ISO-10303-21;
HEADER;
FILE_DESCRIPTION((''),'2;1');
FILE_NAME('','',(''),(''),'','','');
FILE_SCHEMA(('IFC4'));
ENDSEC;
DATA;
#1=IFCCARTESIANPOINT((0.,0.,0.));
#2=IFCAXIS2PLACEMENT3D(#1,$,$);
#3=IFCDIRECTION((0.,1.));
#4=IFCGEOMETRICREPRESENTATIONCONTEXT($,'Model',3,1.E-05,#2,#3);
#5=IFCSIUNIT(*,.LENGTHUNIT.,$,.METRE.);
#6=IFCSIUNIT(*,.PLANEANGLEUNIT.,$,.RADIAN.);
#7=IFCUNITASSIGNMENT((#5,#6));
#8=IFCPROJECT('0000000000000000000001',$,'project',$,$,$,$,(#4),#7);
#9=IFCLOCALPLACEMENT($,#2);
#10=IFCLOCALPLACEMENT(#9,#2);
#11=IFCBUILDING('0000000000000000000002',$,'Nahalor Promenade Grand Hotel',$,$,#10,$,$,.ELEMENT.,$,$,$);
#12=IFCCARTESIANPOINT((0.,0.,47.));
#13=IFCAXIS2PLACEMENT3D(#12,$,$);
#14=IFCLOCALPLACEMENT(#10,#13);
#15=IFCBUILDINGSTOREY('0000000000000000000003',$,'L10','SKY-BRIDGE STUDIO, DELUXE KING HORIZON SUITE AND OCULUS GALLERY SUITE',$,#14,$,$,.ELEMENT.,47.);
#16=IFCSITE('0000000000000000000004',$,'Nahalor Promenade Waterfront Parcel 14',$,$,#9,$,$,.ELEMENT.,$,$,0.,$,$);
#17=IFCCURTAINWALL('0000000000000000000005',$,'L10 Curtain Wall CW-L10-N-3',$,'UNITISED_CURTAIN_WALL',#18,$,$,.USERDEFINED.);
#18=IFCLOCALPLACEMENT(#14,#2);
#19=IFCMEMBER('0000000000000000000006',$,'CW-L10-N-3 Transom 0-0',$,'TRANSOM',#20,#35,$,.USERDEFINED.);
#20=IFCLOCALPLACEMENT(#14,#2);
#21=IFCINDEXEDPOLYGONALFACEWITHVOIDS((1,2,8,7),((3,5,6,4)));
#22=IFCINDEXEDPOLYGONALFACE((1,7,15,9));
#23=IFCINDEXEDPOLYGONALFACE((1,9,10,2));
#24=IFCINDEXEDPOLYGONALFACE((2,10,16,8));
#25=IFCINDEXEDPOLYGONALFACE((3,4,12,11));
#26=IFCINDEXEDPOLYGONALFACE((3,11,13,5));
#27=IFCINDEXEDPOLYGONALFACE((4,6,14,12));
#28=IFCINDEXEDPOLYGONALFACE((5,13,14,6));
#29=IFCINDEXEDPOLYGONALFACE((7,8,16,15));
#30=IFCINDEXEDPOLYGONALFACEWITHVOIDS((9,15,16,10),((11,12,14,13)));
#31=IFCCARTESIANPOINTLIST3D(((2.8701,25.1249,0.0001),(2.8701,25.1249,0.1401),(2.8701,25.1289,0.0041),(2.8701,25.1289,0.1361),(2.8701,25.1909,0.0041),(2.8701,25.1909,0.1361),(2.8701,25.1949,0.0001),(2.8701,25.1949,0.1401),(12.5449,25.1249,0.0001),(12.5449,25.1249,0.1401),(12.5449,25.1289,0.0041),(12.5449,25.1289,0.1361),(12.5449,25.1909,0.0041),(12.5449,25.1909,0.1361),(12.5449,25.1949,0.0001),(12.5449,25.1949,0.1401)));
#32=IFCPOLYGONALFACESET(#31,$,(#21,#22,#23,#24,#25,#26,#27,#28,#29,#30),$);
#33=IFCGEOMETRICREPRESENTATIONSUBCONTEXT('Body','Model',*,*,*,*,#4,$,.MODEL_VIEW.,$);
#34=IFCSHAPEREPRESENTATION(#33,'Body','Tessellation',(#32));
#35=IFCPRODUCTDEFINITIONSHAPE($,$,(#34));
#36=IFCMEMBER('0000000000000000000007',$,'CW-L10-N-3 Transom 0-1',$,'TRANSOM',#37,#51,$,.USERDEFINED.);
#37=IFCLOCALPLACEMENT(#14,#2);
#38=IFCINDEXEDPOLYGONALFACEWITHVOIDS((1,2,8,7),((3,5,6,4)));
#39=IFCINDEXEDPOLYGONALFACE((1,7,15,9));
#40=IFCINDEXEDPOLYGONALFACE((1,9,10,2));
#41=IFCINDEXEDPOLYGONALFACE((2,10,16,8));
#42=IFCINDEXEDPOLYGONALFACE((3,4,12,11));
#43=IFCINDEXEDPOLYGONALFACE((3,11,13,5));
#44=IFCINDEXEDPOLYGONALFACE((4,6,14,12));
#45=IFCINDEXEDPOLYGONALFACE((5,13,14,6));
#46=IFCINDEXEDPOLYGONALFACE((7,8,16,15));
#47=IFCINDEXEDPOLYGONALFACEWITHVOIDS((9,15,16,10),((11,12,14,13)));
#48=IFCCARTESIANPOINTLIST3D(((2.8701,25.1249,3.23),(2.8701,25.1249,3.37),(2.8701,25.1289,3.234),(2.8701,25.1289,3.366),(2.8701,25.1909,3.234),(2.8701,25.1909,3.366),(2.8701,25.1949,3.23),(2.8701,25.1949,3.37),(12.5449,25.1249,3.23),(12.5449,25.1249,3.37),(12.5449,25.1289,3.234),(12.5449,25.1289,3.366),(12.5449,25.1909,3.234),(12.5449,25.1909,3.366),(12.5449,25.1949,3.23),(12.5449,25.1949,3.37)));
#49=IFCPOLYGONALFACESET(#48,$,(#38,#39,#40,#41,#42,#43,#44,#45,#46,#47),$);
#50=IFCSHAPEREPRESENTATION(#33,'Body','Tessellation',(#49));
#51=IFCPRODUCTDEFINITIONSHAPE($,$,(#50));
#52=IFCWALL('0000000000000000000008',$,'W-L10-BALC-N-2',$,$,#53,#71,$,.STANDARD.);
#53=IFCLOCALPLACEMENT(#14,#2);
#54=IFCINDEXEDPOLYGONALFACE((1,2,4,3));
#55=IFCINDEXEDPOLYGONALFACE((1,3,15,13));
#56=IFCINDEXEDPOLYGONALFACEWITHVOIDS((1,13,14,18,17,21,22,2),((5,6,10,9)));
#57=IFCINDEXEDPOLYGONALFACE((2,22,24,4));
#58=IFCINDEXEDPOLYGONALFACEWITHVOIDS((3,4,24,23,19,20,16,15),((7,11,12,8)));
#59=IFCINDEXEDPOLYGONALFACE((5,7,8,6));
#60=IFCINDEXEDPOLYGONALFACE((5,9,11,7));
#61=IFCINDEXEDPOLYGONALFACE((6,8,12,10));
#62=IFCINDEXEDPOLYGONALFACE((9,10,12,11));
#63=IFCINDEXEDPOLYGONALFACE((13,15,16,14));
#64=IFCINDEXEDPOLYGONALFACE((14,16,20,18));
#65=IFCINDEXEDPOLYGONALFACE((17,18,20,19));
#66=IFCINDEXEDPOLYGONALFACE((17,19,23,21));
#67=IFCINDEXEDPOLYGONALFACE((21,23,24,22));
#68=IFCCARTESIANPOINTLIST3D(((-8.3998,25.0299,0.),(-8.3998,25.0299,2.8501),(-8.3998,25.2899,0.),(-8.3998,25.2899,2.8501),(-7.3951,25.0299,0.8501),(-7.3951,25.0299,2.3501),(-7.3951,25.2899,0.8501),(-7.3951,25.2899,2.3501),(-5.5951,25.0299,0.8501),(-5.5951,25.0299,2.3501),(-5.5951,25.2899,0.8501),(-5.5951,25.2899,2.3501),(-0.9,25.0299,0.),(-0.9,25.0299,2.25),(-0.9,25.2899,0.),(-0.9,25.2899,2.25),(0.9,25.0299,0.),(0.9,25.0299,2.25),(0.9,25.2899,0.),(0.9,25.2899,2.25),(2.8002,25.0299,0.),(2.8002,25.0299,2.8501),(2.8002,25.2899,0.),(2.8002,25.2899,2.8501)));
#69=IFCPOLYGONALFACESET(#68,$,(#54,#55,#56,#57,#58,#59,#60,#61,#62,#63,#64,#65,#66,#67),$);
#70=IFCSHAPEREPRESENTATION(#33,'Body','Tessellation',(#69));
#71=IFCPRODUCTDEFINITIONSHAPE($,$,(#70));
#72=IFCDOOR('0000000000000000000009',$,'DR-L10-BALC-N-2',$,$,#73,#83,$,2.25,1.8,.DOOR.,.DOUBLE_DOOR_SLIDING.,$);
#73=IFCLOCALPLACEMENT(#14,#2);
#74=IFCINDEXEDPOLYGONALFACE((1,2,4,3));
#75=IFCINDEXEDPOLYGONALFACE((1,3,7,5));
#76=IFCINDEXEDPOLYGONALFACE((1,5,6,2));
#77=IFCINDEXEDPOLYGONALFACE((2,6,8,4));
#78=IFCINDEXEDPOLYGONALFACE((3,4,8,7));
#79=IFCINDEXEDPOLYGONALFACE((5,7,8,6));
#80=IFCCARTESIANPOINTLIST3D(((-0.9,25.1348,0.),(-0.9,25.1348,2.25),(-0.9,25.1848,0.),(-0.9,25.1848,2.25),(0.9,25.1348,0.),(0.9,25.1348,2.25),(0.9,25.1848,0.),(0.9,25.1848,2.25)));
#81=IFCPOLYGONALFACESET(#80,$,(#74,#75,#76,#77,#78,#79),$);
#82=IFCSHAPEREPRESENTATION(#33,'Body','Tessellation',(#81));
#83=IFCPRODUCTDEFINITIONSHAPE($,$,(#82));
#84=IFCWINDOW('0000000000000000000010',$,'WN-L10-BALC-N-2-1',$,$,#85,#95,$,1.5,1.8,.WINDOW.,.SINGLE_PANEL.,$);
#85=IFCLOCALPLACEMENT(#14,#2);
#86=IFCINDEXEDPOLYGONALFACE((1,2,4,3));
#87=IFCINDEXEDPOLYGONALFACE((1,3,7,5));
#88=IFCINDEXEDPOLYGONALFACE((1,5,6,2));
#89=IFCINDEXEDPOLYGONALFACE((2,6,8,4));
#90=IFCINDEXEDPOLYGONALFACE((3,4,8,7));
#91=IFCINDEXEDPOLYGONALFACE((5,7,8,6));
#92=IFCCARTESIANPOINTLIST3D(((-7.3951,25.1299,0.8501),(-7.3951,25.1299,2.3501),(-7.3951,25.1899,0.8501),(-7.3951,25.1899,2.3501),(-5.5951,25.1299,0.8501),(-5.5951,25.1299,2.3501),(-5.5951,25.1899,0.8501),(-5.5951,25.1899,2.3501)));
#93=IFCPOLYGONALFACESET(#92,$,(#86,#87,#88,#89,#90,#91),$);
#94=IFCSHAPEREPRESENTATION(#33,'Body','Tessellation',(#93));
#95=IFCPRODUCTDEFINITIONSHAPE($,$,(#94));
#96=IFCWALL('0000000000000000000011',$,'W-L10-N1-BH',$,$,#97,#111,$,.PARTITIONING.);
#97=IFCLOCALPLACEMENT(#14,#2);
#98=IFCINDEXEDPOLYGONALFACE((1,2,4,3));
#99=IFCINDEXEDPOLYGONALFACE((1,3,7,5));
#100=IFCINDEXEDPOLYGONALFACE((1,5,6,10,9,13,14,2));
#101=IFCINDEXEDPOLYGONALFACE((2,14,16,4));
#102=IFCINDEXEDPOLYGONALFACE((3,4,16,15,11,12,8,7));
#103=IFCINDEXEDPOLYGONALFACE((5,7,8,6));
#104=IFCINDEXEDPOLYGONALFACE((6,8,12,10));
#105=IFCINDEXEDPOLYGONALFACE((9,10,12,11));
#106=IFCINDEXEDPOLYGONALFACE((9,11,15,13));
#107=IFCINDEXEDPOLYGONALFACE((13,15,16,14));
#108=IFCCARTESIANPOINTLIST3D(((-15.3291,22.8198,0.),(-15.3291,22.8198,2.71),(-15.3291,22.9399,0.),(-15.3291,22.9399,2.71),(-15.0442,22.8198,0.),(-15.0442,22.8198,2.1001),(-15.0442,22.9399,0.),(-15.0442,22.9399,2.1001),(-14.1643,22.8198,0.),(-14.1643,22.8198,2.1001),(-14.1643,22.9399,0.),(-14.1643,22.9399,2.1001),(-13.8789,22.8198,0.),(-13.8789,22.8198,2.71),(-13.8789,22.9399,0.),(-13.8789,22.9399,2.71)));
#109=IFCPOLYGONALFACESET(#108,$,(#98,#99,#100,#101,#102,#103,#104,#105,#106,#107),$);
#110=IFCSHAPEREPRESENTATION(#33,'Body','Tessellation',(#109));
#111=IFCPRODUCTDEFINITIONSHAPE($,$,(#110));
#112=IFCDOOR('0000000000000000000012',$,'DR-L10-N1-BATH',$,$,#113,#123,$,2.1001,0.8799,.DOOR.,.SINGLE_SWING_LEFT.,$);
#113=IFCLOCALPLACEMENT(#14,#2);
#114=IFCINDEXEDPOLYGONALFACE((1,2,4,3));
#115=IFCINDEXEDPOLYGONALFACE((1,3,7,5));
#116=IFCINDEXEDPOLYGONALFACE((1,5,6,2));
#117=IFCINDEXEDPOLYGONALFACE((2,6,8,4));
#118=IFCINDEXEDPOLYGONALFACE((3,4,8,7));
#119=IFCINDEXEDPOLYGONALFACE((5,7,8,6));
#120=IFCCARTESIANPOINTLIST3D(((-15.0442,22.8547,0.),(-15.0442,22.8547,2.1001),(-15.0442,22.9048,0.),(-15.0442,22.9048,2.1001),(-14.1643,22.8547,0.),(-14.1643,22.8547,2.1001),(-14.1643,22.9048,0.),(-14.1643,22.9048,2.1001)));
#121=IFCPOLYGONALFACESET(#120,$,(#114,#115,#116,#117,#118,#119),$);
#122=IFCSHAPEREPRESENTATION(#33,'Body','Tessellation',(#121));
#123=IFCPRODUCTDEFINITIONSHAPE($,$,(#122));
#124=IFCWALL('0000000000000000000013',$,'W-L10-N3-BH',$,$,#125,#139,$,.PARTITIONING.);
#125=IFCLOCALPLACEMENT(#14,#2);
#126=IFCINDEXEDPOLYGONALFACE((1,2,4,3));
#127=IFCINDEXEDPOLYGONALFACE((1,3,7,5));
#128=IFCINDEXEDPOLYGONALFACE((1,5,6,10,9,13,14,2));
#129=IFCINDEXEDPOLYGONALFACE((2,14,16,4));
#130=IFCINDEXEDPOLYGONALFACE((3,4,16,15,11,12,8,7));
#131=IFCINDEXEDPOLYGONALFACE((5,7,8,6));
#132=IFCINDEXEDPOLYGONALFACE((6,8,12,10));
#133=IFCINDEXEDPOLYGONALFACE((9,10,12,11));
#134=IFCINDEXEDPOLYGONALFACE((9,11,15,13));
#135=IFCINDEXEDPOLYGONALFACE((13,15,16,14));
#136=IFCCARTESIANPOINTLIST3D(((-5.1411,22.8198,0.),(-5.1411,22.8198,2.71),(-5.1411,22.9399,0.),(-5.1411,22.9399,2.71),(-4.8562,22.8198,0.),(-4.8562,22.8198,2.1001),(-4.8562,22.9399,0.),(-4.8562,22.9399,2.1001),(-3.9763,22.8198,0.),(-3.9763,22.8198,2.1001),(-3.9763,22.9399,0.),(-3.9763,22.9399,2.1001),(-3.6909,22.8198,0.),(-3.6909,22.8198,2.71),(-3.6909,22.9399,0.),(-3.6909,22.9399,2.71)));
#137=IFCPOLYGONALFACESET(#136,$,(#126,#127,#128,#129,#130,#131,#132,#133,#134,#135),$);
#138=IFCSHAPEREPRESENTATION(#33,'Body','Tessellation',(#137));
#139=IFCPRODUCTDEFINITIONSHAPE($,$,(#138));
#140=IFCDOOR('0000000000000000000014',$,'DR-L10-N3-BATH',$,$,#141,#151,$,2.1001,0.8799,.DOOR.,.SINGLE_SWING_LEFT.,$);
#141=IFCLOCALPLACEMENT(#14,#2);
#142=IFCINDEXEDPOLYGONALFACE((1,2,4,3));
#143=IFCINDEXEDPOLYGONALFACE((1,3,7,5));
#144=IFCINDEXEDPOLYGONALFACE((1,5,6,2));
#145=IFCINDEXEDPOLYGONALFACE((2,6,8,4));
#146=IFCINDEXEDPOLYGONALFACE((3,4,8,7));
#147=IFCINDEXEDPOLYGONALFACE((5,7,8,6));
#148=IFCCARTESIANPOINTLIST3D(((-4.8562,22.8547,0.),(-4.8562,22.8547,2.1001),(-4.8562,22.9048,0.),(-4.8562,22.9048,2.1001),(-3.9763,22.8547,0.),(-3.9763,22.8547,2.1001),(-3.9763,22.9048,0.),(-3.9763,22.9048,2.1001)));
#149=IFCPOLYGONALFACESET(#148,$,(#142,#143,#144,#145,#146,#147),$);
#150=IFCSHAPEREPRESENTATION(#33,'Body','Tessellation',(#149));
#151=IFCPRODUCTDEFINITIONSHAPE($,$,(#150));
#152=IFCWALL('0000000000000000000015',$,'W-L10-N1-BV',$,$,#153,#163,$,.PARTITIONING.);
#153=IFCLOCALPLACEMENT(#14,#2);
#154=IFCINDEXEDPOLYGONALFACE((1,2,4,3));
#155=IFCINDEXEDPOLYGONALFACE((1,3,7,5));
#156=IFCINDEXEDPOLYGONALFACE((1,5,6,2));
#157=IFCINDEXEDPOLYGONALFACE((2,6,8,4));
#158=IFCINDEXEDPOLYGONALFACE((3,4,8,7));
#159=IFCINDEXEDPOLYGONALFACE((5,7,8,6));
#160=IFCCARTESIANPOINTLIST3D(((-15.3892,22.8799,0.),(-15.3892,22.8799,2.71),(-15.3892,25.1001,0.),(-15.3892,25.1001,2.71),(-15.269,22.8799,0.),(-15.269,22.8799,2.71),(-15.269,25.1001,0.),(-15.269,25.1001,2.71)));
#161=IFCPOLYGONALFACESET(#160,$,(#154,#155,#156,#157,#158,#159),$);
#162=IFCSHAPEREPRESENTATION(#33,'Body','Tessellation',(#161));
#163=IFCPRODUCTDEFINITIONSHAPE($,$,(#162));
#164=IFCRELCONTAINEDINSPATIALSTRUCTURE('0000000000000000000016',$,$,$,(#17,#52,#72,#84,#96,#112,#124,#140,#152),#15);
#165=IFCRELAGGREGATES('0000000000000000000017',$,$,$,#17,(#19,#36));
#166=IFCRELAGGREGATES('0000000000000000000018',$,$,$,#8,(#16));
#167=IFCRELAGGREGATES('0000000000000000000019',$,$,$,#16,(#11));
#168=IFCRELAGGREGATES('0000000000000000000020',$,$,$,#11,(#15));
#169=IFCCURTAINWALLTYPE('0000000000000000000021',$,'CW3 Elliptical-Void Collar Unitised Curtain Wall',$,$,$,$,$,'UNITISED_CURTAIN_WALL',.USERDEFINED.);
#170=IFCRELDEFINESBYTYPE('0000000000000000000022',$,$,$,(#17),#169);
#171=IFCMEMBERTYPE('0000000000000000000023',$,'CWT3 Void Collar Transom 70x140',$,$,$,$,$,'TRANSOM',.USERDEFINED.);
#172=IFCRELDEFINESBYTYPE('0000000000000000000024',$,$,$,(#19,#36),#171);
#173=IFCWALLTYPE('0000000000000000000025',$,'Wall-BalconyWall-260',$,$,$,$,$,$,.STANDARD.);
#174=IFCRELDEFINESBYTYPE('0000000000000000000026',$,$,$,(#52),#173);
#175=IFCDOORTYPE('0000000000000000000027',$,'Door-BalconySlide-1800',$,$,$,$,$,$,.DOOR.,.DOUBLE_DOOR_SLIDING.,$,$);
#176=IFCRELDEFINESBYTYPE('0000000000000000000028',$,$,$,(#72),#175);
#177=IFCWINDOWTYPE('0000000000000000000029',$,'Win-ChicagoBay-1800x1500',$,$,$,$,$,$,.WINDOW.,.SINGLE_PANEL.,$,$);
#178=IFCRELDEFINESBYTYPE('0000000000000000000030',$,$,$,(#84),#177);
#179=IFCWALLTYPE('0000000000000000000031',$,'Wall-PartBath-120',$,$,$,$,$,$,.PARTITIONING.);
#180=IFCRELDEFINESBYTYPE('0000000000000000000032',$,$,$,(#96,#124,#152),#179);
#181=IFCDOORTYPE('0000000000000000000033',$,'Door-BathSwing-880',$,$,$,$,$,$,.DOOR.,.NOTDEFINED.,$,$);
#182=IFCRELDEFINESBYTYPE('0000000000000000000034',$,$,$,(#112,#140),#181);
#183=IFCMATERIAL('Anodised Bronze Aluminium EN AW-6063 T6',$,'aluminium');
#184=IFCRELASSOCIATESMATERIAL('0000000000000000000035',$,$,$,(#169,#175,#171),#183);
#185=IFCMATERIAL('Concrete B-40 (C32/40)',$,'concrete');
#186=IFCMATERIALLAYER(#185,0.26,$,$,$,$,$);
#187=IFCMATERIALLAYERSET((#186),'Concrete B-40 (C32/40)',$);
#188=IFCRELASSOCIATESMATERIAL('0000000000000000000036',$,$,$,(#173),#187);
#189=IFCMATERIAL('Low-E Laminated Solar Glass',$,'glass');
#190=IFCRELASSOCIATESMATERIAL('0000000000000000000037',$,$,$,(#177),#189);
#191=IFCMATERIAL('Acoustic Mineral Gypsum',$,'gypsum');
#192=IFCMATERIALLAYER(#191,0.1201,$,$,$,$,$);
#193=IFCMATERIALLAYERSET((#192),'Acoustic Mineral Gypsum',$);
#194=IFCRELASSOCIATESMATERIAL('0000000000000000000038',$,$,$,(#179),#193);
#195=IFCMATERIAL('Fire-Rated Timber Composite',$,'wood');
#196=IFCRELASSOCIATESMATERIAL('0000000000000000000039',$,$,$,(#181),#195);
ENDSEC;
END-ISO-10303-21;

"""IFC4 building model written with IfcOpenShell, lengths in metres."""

from ifc_helpers import new_model, si_unit, direction, frame, frame_2d, origin, origin_2d, place, context, subcontext, project, spatial, rectangle, hollow_rectangle, extrude, source, transform, mapped, material, layer, layer_set, material_profile, profile_set, type_object, element, fill, aggregate, save


model = new_model("IFC4")

# Units and contexts
model_context = context("Model", 3, precision=1e-05, world=origin(), true_north=direction((0.0, 1.0)))
body_context = subcontext(model_context, "Body", "Model", "MODEL_VIEW")
ifc_project = project(units=[si_unit("LENGTHUNIT", "METRE"), si_unit("PLANEANGLEUNIT", "RADIAN")], contexts=[model_context])

# Site, building, storey
site_placement = place(None, origin())
site = spatial("IfcSite", under=ifc_project, at=site_placement, Name="Nahalor Promenade Waterfront Parcel 14", CompositionType="ELEMENT", RefElevation=0.0)
building_placement = place(site_placement, origin())
building = spatial("IfcBuilding", under=site, at=building_placement, Name="Nahalor Promenade Grand Hotel", CompositionType="ELEMENT")
storey_placement = place(building_placement, frame((0.0, 0.0, 47.0)))
storey = spatial("IfcBuildingStorey", under=building, at=storey_placement, Name="L10", Description="SKY-BRIDGE STUDIO, DELUXE KING HORIZON SUITE AND OCULUS GALLERY SUITE", CompositionType="ELEMENT", Elevation=47.0)

# Shared definitions
ifc_material_1 = material(Name="Anodised Bronze Aluminium EN AW-6063 T6", Category="aluminium")
curtain_wall_type = type_object("IfcCurtainWallType", Name="CW3 Elliptical-Void Collar Unitised Curtain Wall", ElementType="UNITISED_CURTAIN_WALL", PredefinedType="USERDEFINED", material=ifc_material_1)

# Curtain wall, members
curtain_wall_1_placement = place(storey_placement, origin())
curtain_wall_1 = element("IfcCurtainWall", 1, at=curtain_wall_1_placement, inside=storey, type_object=curtain_wall_type, Name="L10 Curtain Wall CW-L10-N-3", ObjectType="UNITISED_CURTAIN_WALL", PredefinedType="USERDEFINED")
ifc_material_profile_1 = material_profile(ifc_material_1, hollow_rectangle(XDim=0.07, YDim=0.14, WallThickness=0.004, at=origin_2d()), Name="CWT 70x140x4")
ifc_profile_set_1 = profile_set([ifc_material_profile_1], Name="Anodised Bronze Aluminium EN AW-6063 T6")
member_type_1 = type_object("IfcMemberType", Name="CWT3 Void Collar Transom 70x140", ElementType="TRANSOM", PredefinedType="USERDEFINED", material=ifc_profile_set_1)
shared_shape_1 = source(origin(), body_context, "Body", "SweptSolid", [
    extrude(hollow_rectangle(XDim=0.07, YDim=0.14, WallThickness=0.004, at=origin_2d()), origin(), (0.0, 0.0, 1.0), 9.6748),
])
member_1_placement = place(storey_placement, frame((2.8701, 25.1599, 0.0701), z_axis=(1.0, 0.0, 0.0), x_axis=(0.0, 1.0, 0.0)))
member_1 = element("IfcMember", 2, at=member_1_placement, type_object=member_type_1, Name="CW-L10-N-3 Transom 0-0", ObjectType="TRANSOM", PredefinedType="USERDEFINED", context=body_context, shape_type="MappedRepresentation", body=[
    mapped(shared_shape_1, transform((0.0, 0.0, 0.0), scale=1.0)),
])
member_2_placement = place(storey_placement, frame((2.8701, 25.1599, 3.3), z_axis=(1.0, 0.0, 0.0), x_axis=(0.0, 1.0, 0.0)))
member_2 = element("IfcMember", 3, at=member_2_placement, type_object=member_type_1, Name="CW-L10-N-3 Transom 0-1", ObjectType="TRANSOM", PredefinedType="USERDEFINED", context=body_context, shape_type="MappedRepresentation", body=[
    mapped(shared_shape_1, transform((0.0, 0.0, 0.0), scale=1.0)),
])
aggregate(curtain_wall_1, [member_1, member_2])

# Wall, openings, door, window
ifc_material_2 = material(Name="Concrete B-40 (C32/40)", Category="concrete")
ifc_layer_1 = layer(ifc_material_2, 0.26)
ifc_layer_set_1 = layer_set([ifc_layer_1], Name="Concrete B-40 (C32/40)")
wall_type_1 = type_object("IfcWallType", Name="Wall-BalconyWall-260", PredefinedType="STANDARD", material=ifc_layer_set_1)
shared_shape_2 = source(origin(), body_context, "Body", "SweptSolid", [
    extrude(rectangle(XDim=11.2, YDim=0.26, at=frame_2d((5.6001, 0.0))), origin(), (0.0, 0.0, 1.0), 2.8501),
])
wall_1_placement = place(storey_placement, frame((-8.3999, 25.1599, 0.0), z_axis=(0.0, 0.0, 1.0), x_axis=(1.0, 0.0, 0.0)))
wall_1 = element("IfcWall", 4, at=wall_1_placement, inside=storey, type_object=wall_type_1, Name="W-L10-BALC-N-2", PredefinedType="STANDARD", context=body_context, shape_type="MappedRepresentation", body=[
    mapped(shared_shape_2, transform((0.0, 0.0, 0.0), scale=1.0)),
])
opening_1_placement = place(wall_1_placement, frame((7.5, 0.0, 0.0)))
opening_1 = element("IfcOpeningElement", 5, at=opening_1_placement, cuts=wall_1, PredefinedType="OPENING", context=body_context, shape_type="SweptSolid", body=[
    extrude(rectangle(XDim=1.8, YDim=2.25, at=frame_2d((0.8999, 1.125))), frame((0.0, 0.1399, 0.0), z_axis=(0.0, -1.0, 0.0), x_axis=(1.0, 0.0, 0.0)), (0.0, 0.0, 1.0), 0.28),
])
opening_2_placement = place(wall_1_placement, frame((1.0049, 0.0, 0.8501)))
opening_2 = element("IfcOpeningElement", 6, at=opening_2_placement, cuts=wall_1, PredefinedType="OPENING", context=body_context, shape_type="SweptSolid", body=[
    extrude(rectangle(XDim=1.8, YDim=1.5, at=frame_2d((0.8999, 0.75))), frame((0.0, 0.1399, 0.0), z_axis=(0.0, -1.0, 0.0), x_axis=(1.0, 0.0, 0.0)), (0.0, 0.0, 1.0), 0.28),
])
door_type_1 = type_object("IfcDoorType", Name="Door-BalconySlide-1800", OperationType="DOUBLE_DOOR_SLIDING", PredefinedType="DOOR", material=ifc_material_1)
shared_shape_3 = source(origin(), body_context, "Body", "SweptSolid", [
    extrude(rectangle(XDim=1.8, YDim=2.25, at=frame_2d((0.8999, 1.125))), frame((0.0, 0.0249, 0.0), z_axis=(0.0, -1.0, 0.0), x_axis=(1.0, 0.0, 0.0)), (0.0, 0.0, 1.0), 0.05),
])
door_1_placement = place(opening_1_placement, origin())
door_1 = element("IfcDoor", 7, at=door_1_placement, inside=storey, type_object=door_type_1, Name="DR-L10-BALC-N-2", OperationType="DOUBLE_DOOR_SLIDING", OverallHeight=2.25, OverallWidth=1.8, PredefinedType="DOOR", context=body_context, shape_type="MappedRepresentation", body=[
    mapped(shared_shape_3, transform((0.0, 0.0, 0.0), scale=1.0)),
])
fill(opening_1, door_1)
ifc_material_3 = material(Name="Low-E Laminated Solar Glass", Category="glass")
window_type = type_object("IfcWindowType", Name="Win-ChicagoBay-1800x1500", PartitioningType="SINGLE_PANEL", PredefinedType="WINDOW", material=ifc_material_3)
shared_shape_4 = source(origin(), body_context, "Body", "SweptSolid", [
    extrude(rectangle(XDim=1.8, YDim=1.5, at=frame_2d((0.8999, 0.75))), frame((0.0, 0.03, 0.0), z_axis=(0.0, -1.0, 0.0), x_axis=(1.0, 0.0, 0.0)), (0.0, 0.0, 1.0), 0.0601),
])
window_placement = place(opening_2_placement, origin())
window = element("IfcWindow", 8, at=window_placement, inside=storey, type_object=window_type, Name="WN-L10-BALC-N-2-1", OverallHeight=1.5, OverallWidth=1.8, PartitioningType="SINGLE_PANEL", PredefinedType="WINDOW", context=body_context, shape_type="MappedRepresentation", body=[
    mapped(shared_shape_4, transform((0.0, 0.0, 0.0), scale=1.0)),
])
fill(opening_2, window)

# Walls, openings, doors
ifc_material_4 = material(Name="Acoustic Mineral Gypsum", Category="gypsum")
ifc_layer_2 = layer(ifc_material_4, 0.1201)
ifc_layer_set_2 = layer_set([ifc_layer_2], Name="Acoustic Mineral Gypsum")
wall_type_2 = type_object("IfcWallType", Name="Wall-PartBath-120", PredefinedType="PARTITIONING", material=ifc_layer_set_2)
shared_shape_5 = source(origin(), body_context, "Body", "SweptSolid", [
    extrude(rectangle(XDim=1.4502, YDim=0.1201, at=frame_2d((0.7251, 0.0))), origin(), (0.0, 0.0, 1.0), 2.71),
])
wall_2_placement = place(storey_placement, frame((-15.3291, 22.8799, 0.0), z_axis=(0.0, 0.0, 1.0), x_axis=(1.0, 0.0, 0.0)))
wall_2 = element("IfcWall", 9, at=wall_2_placement, inside=storey, type_object=wall_type_2, Name="W-L10-N1-BH", PredefinedType="PARTITIONING", context=body_context, shape_type="MappedRepresentation", body=[
    mapped(shared_shape_5, transform((0.0, 0.0, 0.0), scale=1.0)),
])
opening_3_placement = place(wall_2_placement, frame((0.2849, 0.0, 0.0)))
opening_3 = element("IfcOpeningElement", 10, at=opening_3_placement, cuts=wall_2, PredefinedType="OPENING", context=body_context, shape_type="SweptSolid", body=[
    extrude(rectangle(XDim=0.8799, YDim=2.1001, at=frame_2d((0.4399, 1.05))), frame((0.0, 0.0701, 0.0), z_axis=(0.0, -1.0, 0.0), x_axis=(1.0, 0.0, 0.0)), (0.0, 0.0, 1.0), 0.1401),
])
ifc_material_5 = material(Name="Fire-Rated Timber Composite", Category="wood")
door_type_2 = type_object("IfcDoorType", Name="Door-BathSwing-880", OperationType="NOTDEFINED", PredefinedType="DOOR", material=ifc_material_5)
shared_shape_6 = source(origin(), body_context, "Body", "SweptSolid", [
    extrude(rectangle(XDim=0.8799, YDim=2.1001, at=frame_2d((0.4399, 1.05))), frame((0.0, 0.0249, 0.0), z_axis=(0.0, -1.0, 0.0), x_axis=(1.0, 0.0, 0.0)), (0.0, 0.0, 1.0), 0.05),
])
door_2_placement = place(opening_3_placement, origin())
door_2 = element("IfcDoor", 11, at=door_2_placement, inside=storey, type_object=door_type_2, Name="DR-L10-N1-BATH", OperationType="SINGLE_SWING_LEFT", OverallHeight=2.1001, OverallWidth=0.8799, PredefinedType="DOOR", context=body_context, shape_type="MappedRepresentation", body=[
    mapped(shared_shape_6, transform((0.0, 0.0, 0.0), scale=1.0)),
])
fill(opening_3, door_2)
wall_3_placement = place(storey_placement, frame((-5.1411, 22.8799, 0.0), z_axis=(0.0, 0.0, 1.0), x_axis=(1.0, 0.0, 0.0)))
wall_3 = element("IfcWall", 12, at=wall_3_placement, inside=storey, type_object=wall_type_2, Name="W-L10-N3-BH", PredefinedType="PARTITIONING", context=body_context, shape_type="MappedRepresentation", body=[
    mapped(shared_shape_5, transform((0.0, 0.0, 0.0), scale=1.0)),
])
opening_4_placement = place(wall_3_placement, frame((0.2849, 0.0, 0.0)))
opening_4 = element("IfcOpeningElement", 13, at=opening_4_placement, cuts=wall_3, PredefinedType="OPENING", context=body_context, shape_type="SweptSolid", body=[
    extrude(rectangle(XDim=0.8799, YDim=2.1001, at=frame_2d((0.4399, 1.05))), frame((0.0, 0.0701, 0.0), z_axis=(0.0, -1.0, 0.0), x_axis=(1.0, 0.0, 0.0)), (0.0, 0.0, 1.0), 0.1401),
])
door_3_placement = place(opening_4_placement, origin())
door_3 = element("IfcDoor", 14, at=door_3_placement, inside=storey, type_object=door_type_2, Name="DR-L10-N3-BATH", OperationType="SINGLE_SWING_LEFT", OverallHeight=2.1001, OverallWidth=0.8799, PredefinedType="DOOR", context=body_context, shape_type="MappedRepresentation", body=[
    mapped(shared_shape_6, transform((0.0, 0.0, 0.0), scale=1.0)),
])
fill(opening_4, door_3)

# Wall
shared_shape_7 = source(origin(), body_context, "Body", "SweptSolid", [
    extrude(rectangle(XDim=2.2202, YDim=0.1201, at=frame_2d((1.1101, 0.0))), origin(), (0.0, 0.0, 1.0), 2.71),
])
for number, where, z_axis, x_axis, name in (
    (15, (-15.3291, 22.8799, 0.0), (0.0, 0.0, 1.0), (0.0, 1.0, 0.0), "W-L10-N1-BV"),
):
    element("IfcWall", number, at=place(storey_placement, frame(where, z_axis=z_axis, x_axis=x_axis)), inside=storey, type_object=wall_type_2, Name=name, PredefinedType="PARTITIONING", context=body_context, shape_type="MappedRepresentation", body=[
        mapped(shared_shape_7, transform((0.0, 0.0, 0.0), scale=1.0)),
    ])

save(model, "model.ifc")
